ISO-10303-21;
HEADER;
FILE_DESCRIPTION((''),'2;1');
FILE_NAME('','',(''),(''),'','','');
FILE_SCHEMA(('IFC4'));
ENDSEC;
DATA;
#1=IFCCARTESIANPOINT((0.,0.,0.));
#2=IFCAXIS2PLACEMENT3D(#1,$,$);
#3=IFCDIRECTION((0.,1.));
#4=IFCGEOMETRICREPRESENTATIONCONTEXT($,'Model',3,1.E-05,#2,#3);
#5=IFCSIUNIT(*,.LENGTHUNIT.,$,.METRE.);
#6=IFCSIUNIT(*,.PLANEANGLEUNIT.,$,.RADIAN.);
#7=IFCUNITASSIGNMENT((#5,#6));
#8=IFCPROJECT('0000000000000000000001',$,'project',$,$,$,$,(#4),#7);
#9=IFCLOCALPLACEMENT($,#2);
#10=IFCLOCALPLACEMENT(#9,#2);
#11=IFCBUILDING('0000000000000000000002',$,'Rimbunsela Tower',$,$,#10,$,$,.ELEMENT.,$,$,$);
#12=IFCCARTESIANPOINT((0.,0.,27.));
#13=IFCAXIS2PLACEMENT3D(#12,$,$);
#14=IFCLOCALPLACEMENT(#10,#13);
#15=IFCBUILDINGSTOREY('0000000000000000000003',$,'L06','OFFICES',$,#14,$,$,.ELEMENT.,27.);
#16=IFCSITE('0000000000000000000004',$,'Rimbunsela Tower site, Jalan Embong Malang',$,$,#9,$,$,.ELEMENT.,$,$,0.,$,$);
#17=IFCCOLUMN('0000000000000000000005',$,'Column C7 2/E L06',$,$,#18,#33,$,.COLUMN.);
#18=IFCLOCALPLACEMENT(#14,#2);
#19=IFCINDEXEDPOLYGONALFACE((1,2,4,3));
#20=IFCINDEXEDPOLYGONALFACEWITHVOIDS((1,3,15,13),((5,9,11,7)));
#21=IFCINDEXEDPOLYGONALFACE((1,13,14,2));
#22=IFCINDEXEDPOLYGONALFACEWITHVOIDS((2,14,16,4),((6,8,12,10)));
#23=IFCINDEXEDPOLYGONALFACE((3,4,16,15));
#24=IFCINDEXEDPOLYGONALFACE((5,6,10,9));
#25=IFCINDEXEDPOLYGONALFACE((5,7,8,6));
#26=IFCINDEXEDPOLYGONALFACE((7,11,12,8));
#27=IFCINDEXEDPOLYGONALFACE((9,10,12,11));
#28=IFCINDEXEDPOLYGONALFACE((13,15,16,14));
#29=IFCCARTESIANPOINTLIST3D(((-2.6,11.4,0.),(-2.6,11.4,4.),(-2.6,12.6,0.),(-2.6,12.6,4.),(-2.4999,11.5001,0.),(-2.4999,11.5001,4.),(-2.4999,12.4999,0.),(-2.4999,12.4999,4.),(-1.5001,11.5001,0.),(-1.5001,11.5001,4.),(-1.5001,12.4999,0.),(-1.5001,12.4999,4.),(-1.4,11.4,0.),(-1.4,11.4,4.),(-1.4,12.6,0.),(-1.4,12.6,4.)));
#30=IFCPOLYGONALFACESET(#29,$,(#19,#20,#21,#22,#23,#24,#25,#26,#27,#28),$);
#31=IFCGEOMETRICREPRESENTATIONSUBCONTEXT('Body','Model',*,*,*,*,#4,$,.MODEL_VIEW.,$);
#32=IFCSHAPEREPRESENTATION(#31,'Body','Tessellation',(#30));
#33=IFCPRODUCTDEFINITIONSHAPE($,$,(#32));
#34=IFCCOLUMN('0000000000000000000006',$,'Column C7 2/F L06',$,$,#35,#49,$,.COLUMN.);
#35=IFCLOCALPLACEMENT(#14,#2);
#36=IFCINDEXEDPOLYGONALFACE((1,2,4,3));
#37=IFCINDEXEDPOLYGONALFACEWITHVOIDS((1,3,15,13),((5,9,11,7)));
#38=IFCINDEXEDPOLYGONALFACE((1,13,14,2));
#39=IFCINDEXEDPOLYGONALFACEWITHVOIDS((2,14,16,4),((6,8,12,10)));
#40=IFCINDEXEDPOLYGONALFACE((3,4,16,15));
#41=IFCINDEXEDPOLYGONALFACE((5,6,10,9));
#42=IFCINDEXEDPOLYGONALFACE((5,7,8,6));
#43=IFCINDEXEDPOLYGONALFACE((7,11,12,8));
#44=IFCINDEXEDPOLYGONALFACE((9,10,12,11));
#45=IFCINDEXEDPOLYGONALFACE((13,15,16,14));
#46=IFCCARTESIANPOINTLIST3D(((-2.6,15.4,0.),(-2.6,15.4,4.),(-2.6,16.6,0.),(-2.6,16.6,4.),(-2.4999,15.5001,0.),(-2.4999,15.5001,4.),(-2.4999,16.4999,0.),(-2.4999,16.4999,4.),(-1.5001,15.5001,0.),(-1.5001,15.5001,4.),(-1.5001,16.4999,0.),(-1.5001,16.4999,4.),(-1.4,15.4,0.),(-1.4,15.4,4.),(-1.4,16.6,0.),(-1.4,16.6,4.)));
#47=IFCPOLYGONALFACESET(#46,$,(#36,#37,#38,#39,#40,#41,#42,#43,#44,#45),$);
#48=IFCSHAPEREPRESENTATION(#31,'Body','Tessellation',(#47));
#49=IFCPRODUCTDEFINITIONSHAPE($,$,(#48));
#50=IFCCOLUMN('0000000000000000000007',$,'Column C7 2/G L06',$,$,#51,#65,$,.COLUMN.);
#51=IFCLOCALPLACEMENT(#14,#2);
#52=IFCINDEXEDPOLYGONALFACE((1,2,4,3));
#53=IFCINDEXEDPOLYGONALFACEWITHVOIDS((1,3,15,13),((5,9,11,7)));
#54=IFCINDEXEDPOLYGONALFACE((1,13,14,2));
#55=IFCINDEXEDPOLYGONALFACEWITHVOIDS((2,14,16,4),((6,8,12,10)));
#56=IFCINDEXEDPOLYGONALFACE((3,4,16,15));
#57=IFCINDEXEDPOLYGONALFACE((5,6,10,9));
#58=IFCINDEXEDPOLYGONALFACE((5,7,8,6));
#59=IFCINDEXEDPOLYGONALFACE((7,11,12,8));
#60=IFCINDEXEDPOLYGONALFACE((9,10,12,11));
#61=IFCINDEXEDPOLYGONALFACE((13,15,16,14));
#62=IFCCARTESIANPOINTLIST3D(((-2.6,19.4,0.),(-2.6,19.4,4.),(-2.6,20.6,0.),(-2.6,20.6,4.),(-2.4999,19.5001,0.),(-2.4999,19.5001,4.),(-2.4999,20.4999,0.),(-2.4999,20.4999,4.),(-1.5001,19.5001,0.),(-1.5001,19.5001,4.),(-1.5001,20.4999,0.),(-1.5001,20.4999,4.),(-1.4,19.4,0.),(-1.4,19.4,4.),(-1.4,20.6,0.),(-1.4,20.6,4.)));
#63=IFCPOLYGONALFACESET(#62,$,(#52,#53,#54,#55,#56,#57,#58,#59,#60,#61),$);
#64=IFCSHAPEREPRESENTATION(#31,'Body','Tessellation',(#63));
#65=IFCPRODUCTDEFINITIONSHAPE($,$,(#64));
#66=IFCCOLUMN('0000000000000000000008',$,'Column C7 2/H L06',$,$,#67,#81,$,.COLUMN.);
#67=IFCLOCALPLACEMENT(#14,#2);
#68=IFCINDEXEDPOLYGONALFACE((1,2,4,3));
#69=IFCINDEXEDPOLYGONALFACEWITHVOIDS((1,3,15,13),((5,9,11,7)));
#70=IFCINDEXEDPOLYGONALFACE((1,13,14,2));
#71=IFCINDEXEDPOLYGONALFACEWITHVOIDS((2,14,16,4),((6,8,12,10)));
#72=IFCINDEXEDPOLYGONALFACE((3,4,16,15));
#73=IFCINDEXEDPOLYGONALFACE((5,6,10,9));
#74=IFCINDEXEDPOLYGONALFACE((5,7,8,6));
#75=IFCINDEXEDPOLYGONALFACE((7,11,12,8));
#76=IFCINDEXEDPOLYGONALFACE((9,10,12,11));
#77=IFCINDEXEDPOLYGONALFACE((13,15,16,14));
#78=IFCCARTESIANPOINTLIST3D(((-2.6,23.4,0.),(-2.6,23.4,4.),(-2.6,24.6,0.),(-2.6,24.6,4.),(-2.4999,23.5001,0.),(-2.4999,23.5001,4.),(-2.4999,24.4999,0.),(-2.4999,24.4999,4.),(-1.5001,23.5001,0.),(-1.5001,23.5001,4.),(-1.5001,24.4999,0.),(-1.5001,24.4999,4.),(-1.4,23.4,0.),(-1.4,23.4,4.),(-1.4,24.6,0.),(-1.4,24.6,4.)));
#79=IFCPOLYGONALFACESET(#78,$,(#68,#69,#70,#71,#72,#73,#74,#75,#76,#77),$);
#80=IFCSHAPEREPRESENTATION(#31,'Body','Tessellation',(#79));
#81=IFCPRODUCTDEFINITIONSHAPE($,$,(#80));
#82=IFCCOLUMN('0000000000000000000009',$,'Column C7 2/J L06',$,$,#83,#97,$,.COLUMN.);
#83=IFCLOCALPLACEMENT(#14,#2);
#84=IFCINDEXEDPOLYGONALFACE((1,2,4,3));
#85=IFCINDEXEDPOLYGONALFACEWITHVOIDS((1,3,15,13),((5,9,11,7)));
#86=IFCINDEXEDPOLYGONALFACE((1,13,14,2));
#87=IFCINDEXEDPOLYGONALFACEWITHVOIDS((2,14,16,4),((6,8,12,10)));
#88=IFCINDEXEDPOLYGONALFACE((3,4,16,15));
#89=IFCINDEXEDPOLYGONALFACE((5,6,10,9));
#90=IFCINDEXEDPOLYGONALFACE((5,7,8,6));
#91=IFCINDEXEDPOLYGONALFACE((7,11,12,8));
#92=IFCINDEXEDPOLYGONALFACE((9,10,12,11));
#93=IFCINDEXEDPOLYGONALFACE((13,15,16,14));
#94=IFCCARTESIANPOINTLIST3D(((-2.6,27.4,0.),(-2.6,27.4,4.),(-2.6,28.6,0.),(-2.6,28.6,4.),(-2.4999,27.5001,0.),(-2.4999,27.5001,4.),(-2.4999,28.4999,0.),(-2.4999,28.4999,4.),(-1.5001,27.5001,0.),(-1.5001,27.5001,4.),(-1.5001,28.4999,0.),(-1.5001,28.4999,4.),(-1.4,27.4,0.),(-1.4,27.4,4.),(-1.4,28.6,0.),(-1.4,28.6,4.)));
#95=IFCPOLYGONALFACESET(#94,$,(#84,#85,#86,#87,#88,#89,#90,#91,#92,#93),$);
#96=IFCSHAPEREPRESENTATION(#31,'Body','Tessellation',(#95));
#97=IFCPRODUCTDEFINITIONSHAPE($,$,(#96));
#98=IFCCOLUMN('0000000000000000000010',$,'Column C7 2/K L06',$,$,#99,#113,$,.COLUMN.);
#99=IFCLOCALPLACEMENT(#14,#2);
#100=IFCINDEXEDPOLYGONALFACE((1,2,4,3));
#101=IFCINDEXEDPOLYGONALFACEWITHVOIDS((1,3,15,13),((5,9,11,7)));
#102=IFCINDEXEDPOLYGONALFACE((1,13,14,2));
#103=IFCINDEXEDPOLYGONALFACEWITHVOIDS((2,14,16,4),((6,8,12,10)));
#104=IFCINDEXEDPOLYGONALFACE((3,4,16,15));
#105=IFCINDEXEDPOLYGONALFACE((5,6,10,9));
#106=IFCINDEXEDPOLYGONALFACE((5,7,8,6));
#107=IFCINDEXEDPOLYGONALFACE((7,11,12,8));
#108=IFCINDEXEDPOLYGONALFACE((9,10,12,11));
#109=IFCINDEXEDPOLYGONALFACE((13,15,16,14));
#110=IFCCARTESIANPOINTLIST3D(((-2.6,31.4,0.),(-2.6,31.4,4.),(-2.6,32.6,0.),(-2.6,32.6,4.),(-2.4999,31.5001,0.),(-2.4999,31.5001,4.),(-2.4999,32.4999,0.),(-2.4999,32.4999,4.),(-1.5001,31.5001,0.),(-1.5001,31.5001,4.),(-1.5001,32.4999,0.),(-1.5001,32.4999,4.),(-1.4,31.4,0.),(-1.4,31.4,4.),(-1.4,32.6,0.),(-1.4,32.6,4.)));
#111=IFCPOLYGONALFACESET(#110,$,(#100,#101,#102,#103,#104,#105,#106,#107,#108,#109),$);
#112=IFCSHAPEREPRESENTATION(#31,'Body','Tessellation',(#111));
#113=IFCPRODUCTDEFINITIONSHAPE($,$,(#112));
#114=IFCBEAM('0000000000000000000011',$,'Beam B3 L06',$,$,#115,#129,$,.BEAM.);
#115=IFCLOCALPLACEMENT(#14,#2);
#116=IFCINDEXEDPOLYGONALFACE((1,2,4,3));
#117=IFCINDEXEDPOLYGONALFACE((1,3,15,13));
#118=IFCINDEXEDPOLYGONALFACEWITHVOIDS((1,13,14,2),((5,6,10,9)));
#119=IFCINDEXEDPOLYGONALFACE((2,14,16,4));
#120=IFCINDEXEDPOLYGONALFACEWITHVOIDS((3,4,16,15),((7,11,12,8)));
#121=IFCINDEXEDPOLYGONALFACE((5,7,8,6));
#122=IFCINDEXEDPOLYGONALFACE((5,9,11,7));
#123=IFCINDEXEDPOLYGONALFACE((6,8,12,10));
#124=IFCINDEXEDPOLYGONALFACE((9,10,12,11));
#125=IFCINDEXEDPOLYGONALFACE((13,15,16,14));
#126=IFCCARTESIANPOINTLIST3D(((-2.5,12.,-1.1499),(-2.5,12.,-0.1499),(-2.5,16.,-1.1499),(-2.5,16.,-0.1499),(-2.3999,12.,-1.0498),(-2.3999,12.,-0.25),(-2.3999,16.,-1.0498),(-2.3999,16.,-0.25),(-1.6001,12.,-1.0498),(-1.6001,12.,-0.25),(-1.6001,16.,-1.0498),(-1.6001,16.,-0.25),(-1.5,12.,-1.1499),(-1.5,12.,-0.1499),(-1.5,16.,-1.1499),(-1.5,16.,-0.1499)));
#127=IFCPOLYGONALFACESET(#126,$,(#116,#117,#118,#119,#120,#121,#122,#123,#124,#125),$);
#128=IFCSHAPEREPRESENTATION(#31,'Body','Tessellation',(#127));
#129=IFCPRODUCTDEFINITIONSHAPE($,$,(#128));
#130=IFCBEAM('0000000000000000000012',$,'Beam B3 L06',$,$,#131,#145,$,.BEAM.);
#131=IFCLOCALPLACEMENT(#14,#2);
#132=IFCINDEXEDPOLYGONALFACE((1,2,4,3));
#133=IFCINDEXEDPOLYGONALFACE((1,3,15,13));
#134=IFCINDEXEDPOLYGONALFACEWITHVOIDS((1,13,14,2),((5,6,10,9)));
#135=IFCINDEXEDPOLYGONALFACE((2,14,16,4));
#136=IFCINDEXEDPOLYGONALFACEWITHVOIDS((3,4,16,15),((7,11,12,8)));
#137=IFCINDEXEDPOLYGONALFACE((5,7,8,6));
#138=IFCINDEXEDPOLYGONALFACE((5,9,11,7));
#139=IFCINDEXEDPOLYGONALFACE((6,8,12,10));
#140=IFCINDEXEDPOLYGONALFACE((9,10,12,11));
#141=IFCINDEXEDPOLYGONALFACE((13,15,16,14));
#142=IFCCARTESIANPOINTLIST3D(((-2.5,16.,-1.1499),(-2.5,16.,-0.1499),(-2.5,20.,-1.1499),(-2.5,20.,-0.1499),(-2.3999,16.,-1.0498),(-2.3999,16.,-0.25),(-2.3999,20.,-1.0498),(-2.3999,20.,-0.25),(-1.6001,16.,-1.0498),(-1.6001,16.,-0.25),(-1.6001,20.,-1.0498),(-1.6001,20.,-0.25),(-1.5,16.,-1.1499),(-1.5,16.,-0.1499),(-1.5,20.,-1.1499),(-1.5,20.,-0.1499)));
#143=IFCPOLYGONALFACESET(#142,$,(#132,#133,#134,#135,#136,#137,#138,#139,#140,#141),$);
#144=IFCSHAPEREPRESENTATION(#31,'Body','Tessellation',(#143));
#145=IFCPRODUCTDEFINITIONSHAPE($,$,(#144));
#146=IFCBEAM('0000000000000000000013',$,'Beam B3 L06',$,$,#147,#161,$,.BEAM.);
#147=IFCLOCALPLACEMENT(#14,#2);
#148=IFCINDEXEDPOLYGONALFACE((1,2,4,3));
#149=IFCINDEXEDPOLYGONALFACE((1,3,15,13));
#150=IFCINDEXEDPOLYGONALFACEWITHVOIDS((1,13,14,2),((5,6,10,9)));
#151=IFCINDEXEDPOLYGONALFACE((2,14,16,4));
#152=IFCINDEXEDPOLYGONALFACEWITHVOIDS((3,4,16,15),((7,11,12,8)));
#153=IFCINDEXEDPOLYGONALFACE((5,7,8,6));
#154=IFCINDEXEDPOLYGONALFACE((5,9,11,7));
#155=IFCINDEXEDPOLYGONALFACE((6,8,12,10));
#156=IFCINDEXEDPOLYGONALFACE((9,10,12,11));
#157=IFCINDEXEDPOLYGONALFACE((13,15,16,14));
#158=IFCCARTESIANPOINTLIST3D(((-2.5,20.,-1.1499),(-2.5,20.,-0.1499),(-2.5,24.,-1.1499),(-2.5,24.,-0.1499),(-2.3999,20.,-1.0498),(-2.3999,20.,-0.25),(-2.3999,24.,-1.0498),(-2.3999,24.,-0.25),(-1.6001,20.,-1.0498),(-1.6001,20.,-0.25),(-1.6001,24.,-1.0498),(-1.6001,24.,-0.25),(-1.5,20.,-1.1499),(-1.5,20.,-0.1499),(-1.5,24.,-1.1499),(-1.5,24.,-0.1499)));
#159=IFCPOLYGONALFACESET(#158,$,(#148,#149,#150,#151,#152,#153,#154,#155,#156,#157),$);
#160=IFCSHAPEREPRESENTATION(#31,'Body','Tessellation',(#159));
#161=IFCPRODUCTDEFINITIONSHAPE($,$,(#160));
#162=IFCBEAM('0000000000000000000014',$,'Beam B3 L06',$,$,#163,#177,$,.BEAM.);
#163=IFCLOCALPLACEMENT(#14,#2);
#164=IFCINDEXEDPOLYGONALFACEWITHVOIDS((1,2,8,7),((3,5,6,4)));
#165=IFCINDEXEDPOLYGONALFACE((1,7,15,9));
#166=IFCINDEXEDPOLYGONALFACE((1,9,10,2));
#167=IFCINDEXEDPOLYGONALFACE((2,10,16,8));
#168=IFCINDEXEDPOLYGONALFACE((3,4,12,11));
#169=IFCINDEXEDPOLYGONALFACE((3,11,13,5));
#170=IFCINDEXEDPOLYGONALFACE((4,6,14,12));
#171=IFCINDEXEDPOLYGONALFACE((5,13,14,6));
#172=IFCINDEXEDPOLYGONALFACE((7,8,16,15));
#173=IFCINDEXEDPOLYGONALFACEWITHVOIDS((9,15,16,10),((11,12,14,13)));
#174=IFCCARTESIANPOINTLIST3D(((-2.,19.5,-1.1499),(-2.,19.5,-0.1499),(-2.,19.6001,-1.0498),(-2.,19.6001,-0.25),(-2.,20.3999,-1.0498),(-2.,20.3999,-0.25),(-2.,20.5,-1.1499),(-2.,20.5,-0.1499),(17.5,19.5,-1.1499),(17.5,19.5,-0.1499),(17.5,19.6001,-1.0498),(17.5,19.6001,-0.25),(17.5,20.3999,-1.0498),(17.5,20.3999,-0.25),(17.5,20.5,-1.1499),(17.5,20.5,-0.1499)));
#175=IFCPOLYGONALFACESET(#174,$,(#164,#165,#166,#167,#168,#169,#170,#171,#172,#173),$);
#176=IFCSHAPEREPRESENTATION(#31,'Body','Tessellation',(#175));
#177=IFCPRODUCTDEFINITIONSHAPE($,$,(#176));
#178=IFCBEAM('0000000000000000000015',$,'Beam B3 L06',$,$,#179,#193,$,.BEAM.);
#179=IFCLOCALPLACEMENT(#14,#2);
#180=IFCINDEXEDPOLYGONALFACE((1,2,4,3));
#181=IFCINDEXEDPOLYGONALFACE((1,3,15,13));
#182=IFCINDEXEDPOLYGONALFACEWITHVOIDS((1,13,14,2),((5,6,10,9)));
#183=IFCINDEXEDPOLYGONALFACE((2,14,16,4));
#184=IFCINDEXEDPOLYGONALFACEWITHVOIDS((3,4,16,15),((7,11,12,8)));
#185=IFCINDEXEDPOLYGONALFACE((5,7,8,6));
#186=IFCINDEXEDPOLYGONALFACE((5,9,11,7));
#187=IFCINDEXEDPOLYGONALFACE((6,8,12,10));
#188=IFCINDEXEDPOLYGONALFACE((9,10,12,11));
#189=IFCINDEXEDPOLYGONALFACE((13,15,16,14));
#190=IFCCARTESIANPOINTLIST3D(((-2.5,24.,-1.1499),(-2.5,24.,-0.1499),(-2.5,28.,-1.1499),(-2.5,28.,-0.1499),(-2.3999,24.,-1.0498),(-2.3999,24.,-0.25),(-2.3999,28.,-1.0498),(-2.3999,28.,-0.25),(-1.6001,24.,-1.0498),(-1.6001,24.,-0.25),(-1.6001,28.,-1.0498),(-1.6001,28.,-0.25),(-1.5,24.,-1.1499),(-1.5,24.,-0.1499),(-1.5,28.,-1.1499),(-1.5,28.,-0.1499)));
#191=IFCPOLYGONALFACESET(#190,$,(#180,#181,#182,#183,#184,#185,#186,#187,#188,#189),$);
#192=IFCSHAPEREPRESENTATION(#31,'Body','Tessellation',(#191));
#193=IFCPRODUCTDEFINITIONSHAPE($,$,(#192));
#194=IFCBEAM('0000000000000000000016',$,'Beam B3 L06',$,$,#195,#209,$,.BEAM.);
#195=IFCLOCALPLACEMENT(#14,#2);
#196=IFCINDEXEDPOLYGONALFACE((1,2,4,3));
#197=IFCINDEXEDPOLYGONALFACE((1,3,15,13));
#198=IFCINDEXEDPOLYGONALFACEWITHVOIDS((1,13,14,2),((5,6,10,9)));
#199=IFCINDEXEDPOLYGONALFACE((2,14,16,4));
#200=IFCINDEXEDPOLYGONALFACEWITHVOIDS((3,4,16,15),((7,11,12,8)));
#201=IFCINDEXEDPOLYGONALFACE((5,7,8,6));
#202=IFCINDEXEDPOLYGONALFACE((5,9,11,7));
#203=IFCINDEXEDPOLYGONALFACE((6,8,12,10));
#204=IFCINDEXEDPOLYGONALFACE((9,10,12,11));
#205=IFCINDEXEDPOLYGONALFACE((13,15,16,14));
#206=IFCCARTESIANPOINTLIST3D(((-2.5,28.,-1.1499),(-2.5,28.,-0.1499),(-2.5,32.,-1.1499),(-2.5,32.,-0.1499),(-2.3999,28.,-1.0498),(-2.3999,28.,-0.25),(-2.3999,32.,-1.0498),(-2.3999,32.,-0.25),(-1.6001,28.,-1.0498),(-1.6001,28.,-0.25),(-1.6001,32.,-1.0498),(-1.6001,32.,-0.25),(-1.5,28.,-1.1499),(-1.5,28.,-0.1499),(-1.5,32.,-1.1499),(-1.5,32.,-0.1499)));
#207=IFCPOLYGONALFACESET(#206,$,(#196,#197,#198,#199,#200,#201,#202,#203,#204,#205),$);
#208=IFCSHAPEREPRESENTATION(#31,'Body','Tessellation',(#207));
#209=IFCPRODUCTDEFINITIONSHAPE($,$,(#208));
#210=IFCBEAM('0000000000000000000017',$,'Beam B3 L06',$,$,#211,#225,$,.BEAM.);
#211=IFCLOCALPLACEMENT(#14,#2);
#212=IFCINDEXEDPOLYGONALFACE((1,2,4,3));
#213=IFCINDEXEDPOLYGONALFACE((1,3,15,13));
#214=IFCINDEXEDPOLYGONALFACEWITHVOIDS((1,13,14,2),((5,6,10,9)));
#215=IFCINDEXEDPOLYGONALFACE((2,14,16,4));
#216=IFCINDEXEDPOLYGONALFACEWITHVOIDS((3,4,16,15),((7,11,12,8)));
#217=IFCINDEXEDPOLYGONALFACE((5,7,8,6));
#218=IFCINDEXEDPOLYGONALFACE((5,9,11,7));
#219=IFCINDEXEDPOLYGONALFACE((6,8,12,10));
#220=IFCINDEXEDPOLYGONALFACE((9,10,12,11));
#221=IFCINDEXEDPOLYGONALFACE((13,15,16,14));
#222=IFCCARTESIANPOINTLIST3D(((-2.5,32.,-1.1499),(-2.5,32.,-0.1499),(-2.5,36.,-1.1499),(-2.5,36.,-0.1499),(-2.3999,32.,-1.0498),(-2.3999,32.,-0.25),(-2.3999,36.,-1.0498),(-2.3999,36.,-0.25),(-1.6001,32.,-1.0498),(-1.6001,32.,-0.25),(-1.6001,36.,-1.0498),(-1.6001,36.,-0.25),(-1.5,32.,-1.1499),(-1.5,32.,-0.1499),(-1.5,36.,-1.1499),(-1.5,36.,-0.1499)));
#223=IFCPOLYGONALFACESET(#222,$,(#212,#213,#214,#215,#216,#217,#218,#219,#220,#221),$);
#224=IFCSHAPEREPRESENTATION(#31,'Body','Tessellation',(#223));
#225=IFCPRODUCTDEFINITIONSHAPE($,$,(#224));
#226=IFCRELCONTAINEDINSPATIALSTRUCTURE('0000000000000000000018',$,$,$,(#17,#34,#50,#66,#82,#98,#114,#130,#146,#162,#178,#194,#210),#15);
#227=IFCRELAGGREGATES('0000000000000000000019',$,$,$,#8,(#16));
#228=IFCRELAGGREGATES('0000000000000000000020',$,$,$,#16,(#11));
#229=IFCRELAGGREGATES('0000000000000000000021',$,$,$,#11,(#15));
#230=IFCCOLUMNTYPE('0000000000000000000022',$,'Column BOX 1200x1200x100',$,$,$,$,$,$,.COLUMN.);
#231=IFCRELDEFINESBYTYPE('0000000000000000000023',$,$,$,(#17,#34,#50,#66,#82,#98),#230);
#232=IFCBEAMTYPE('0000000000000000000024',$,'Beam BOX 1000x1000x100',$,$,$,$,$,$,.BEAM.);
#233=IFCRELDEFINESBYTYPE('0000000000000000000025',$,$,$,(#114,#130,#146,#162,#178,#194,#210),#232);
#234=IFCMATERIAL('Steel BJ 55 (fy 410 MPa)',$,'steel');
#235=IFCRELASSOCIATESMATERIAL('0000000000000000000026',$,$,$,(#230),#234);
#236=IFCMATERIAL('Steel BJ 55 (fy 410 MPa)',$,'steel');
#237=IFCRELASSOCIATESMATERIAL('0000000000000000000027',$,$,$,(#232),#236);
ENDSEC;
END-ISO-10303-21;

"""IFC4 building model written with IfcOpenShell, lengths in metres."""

from ifc_helpers import new_model, si_unit, direction, frame, origin, origin_2d, place, context, subcontext, project, spatial, hollow_rectangle, extrude, material, material_profile, profile_set, type_object, element, save


model = new_model("IFC4")

# Units and contexts
model_context = context("Model", 3, precision=1e-05, world=origin(), true_north=direction((0.0, 1.0)))
body_context = subcontext(model_context, "Body", "Model", "MODEL_VIEW")
ifc_project = project(units=[si_unit("LENGTHUNIT", "METRE"), si_unit("PLANEANGLEUNIT", "RADIAN")], contexts=[model_context])

# Site, building, storey
site_placement = place(None, origin())
site = spatial("IfcSite", under=ifc_project, at=site_placement, Name="Rimbunsela Tower site, Jalan Embong Malang", CompositionType="ELEMENT", RefElevation=0.0)
building_placement = place(site_placement, origin())
building = spatial("IfcBuilding", under=site, at=building_placement, Name="Rimbunsela Tower", CompositionType="ELEMENT")
storey_placement = place(building_placement, frame((0.0, 0.0, 27.0)))
storey = spatial("IfcBuildingStorey", under=building, at=storey_placement, Name="L06", Description="OFFICES", CompositionType="ELEMENT", Elevation=27.0)

# Columns
ifc_material_1 = material(Name="Steel BJ 55 (fy 410 MPa)", Category="steel")
ifc_material_profile_1 = material_profile(ifc_material_1, hollow_rectangle(XDim=1.2, YDim=1.2, WallThickness=0.1001, at=origin_2d()), Name="BOX 1200x1200x100")
ifc_profile_set_1 = profile_set([ifc_material_profile_1], Name="Steel BJ 55 (fy 410 MPa)")
column_type = type_object("IfcColumnType", Name="Column BOX 1200x1200x100", PredefinedType="COLUMN", material=ifc_profile_set_1)
for number, where, z_axis, x_axis, name in (
    (1, (-2.0, 12.0, 0.0), (0.0, 0.0, 1.0), (1.0, 0.0, 0.0), "Column C7 2/E L06"),
    (2, (-2.0, 16.0, 0.0), (0.0, 0.0, 1.0), (1.0, 0.0, 0.0), "Column C7 2/F L06"),
    (3, (-2.0, 20.0, 0.0), (0.0, 0.0, 1.0), (1.0, 0.0, 0.0), "Column C7 2/G L06"),
    (4, (-2.0, 24.0, 0.0), (0.0, 0.0, 1.0), (1.0, 0.0, 0.0), "Column C7 2/H L06"),
    (5, (-2.0, 28.0, 0.0), (0.0, 0.0, 1.0), (1.0, 0.0, 0.0), "Column C7 2/J L06"),
    (6, (-2.0, 32.0, 0.0), (0.0, 0.0, 1.0), (1.0, 0.0, 0.0), "Column C7 2/K L06"),
):
    element("IfcColumn", number, at=place(storey_placement, frame(where, z_axis=z_axis, x_axis=x_axis)), inside=storey, type_object=column_type, Name=name, PredefinedType="COLUMN", context=body_context, shape_type="SweptSolid", body=[
        extrude(hollow_rectangle(XDim=1.2, YDim=1.2, WallThickness=0.1001, at=origin_2d()), origin(), (0.0, 0.0, 1.0), 4.0),
    ])

# Beams
ifc_material_2 = material(Name="Steel BJ 55 (fy 410 MPa)", Category="steel")
ifc_material_profile_2 = material_profile(ifc_material_2, hollow_rectangle(XDim=1.0, YDim=1.0, WallThickness=0.1001, at=origin_2d()), Name="BOX 1000x1000x100")
ifc_profile_set_2 = profile_set([ifc_material_profile_2], Name="Steel BJ 55 (fy 410 MPa)")
beam_type_1 = type_object("IfcBeamType", Name="Beam BOX 1000x1000x100", PredefinedType="BEAM", material=ifc_profile_set_2)
for number, where, z_axis, x_axis, name in (
    (7, (-2.0, 12.0, -0.6499), (0.0, 1.0, 0.0), (-1.0, 0.0, 0.0), "Beam B3 L06"),
    (8, (-2.0, 16.0, -0.6499), (0.0, 1.0, 0.0), (-1.0, 0.0, 0.0), "Beam B3 L06"),
    (9, (-2.0, 20.0, -0.6499), (0.0, 1.0, 0.0), (-1.0, 0.0, 0.0), "Beam B3 L06"),
):
    element("IfcBeam", number, at=place(storey_placement, frame(where, z_axis=z_axis, x_axis=x_axis)), inside=storey, type_object=beam_type_1, Name=name, PredefinedType="BEAM", context=body_context, shape_type="SweptSolid", body=[
        extrude(hollow_rectangle(XDim=1.0, YDim=1.0, WallThickness=0.1001, at=origin_2d()), origin(), (0.0, 0.0, 1.0), 4.0),
    ])
beam_1_placement = place(storey_placement, frame((-2.0, 20.0, -0.6499), z_axis=(1.0, 0.0, 0.0), x_axis=(0.0, 1.0, 0.0)))
element("IfcBeam", 10, at=beam_1_placement, inside=storey, type_object=beam_type_1, Name="Beam B3 L06", PredefinedType="BEAM", context=body_context, shape_type="SweptSolid", body=[
    extrude(hollow_rectangle(XDim=1.0, YDim=1.0, WallThickness=0.1001, at=origin_2d()), origin(), (0.0, 0.0, 1.0), 19.5),
])
for number, where, z_axis, x_axis, name in (
    (11, (-2.0, 24.0, -0.6499), (0.0, 1.0, 0.0), (-1.0, 0.0, 0.0), "Beam B3 L06"),
    (12, (-2.0, 28.0, -0.6499), (0.0, 1.0, 0.0), (-1.0, 0.0, 0.0), "Beam B3 L06"),
    (13, (-2.0, 32.0, -0.6499), (0.0, 1.0, 0.0), (-1.0, 0.0, 0.0), "Beam B3 L06"),
):
    element("IfcBeam", number, at=place(storey_placement, frame(where, z_axis=z_axis, x_axis=x_axis)), inside=storey, type_object=beam_type_1, Name=name, PredefinedType="BEAM", context=body_context, shape_type="SweptSolid", body=[
        extrude(hollow_rectangle(XDim=1.0, YDim=1.0, WallThickness=0.1001, at=origin_2d()), origin(), (0.0, 0.0, 1.0), 4.0),
    ])

save(model, "model.ifc")
